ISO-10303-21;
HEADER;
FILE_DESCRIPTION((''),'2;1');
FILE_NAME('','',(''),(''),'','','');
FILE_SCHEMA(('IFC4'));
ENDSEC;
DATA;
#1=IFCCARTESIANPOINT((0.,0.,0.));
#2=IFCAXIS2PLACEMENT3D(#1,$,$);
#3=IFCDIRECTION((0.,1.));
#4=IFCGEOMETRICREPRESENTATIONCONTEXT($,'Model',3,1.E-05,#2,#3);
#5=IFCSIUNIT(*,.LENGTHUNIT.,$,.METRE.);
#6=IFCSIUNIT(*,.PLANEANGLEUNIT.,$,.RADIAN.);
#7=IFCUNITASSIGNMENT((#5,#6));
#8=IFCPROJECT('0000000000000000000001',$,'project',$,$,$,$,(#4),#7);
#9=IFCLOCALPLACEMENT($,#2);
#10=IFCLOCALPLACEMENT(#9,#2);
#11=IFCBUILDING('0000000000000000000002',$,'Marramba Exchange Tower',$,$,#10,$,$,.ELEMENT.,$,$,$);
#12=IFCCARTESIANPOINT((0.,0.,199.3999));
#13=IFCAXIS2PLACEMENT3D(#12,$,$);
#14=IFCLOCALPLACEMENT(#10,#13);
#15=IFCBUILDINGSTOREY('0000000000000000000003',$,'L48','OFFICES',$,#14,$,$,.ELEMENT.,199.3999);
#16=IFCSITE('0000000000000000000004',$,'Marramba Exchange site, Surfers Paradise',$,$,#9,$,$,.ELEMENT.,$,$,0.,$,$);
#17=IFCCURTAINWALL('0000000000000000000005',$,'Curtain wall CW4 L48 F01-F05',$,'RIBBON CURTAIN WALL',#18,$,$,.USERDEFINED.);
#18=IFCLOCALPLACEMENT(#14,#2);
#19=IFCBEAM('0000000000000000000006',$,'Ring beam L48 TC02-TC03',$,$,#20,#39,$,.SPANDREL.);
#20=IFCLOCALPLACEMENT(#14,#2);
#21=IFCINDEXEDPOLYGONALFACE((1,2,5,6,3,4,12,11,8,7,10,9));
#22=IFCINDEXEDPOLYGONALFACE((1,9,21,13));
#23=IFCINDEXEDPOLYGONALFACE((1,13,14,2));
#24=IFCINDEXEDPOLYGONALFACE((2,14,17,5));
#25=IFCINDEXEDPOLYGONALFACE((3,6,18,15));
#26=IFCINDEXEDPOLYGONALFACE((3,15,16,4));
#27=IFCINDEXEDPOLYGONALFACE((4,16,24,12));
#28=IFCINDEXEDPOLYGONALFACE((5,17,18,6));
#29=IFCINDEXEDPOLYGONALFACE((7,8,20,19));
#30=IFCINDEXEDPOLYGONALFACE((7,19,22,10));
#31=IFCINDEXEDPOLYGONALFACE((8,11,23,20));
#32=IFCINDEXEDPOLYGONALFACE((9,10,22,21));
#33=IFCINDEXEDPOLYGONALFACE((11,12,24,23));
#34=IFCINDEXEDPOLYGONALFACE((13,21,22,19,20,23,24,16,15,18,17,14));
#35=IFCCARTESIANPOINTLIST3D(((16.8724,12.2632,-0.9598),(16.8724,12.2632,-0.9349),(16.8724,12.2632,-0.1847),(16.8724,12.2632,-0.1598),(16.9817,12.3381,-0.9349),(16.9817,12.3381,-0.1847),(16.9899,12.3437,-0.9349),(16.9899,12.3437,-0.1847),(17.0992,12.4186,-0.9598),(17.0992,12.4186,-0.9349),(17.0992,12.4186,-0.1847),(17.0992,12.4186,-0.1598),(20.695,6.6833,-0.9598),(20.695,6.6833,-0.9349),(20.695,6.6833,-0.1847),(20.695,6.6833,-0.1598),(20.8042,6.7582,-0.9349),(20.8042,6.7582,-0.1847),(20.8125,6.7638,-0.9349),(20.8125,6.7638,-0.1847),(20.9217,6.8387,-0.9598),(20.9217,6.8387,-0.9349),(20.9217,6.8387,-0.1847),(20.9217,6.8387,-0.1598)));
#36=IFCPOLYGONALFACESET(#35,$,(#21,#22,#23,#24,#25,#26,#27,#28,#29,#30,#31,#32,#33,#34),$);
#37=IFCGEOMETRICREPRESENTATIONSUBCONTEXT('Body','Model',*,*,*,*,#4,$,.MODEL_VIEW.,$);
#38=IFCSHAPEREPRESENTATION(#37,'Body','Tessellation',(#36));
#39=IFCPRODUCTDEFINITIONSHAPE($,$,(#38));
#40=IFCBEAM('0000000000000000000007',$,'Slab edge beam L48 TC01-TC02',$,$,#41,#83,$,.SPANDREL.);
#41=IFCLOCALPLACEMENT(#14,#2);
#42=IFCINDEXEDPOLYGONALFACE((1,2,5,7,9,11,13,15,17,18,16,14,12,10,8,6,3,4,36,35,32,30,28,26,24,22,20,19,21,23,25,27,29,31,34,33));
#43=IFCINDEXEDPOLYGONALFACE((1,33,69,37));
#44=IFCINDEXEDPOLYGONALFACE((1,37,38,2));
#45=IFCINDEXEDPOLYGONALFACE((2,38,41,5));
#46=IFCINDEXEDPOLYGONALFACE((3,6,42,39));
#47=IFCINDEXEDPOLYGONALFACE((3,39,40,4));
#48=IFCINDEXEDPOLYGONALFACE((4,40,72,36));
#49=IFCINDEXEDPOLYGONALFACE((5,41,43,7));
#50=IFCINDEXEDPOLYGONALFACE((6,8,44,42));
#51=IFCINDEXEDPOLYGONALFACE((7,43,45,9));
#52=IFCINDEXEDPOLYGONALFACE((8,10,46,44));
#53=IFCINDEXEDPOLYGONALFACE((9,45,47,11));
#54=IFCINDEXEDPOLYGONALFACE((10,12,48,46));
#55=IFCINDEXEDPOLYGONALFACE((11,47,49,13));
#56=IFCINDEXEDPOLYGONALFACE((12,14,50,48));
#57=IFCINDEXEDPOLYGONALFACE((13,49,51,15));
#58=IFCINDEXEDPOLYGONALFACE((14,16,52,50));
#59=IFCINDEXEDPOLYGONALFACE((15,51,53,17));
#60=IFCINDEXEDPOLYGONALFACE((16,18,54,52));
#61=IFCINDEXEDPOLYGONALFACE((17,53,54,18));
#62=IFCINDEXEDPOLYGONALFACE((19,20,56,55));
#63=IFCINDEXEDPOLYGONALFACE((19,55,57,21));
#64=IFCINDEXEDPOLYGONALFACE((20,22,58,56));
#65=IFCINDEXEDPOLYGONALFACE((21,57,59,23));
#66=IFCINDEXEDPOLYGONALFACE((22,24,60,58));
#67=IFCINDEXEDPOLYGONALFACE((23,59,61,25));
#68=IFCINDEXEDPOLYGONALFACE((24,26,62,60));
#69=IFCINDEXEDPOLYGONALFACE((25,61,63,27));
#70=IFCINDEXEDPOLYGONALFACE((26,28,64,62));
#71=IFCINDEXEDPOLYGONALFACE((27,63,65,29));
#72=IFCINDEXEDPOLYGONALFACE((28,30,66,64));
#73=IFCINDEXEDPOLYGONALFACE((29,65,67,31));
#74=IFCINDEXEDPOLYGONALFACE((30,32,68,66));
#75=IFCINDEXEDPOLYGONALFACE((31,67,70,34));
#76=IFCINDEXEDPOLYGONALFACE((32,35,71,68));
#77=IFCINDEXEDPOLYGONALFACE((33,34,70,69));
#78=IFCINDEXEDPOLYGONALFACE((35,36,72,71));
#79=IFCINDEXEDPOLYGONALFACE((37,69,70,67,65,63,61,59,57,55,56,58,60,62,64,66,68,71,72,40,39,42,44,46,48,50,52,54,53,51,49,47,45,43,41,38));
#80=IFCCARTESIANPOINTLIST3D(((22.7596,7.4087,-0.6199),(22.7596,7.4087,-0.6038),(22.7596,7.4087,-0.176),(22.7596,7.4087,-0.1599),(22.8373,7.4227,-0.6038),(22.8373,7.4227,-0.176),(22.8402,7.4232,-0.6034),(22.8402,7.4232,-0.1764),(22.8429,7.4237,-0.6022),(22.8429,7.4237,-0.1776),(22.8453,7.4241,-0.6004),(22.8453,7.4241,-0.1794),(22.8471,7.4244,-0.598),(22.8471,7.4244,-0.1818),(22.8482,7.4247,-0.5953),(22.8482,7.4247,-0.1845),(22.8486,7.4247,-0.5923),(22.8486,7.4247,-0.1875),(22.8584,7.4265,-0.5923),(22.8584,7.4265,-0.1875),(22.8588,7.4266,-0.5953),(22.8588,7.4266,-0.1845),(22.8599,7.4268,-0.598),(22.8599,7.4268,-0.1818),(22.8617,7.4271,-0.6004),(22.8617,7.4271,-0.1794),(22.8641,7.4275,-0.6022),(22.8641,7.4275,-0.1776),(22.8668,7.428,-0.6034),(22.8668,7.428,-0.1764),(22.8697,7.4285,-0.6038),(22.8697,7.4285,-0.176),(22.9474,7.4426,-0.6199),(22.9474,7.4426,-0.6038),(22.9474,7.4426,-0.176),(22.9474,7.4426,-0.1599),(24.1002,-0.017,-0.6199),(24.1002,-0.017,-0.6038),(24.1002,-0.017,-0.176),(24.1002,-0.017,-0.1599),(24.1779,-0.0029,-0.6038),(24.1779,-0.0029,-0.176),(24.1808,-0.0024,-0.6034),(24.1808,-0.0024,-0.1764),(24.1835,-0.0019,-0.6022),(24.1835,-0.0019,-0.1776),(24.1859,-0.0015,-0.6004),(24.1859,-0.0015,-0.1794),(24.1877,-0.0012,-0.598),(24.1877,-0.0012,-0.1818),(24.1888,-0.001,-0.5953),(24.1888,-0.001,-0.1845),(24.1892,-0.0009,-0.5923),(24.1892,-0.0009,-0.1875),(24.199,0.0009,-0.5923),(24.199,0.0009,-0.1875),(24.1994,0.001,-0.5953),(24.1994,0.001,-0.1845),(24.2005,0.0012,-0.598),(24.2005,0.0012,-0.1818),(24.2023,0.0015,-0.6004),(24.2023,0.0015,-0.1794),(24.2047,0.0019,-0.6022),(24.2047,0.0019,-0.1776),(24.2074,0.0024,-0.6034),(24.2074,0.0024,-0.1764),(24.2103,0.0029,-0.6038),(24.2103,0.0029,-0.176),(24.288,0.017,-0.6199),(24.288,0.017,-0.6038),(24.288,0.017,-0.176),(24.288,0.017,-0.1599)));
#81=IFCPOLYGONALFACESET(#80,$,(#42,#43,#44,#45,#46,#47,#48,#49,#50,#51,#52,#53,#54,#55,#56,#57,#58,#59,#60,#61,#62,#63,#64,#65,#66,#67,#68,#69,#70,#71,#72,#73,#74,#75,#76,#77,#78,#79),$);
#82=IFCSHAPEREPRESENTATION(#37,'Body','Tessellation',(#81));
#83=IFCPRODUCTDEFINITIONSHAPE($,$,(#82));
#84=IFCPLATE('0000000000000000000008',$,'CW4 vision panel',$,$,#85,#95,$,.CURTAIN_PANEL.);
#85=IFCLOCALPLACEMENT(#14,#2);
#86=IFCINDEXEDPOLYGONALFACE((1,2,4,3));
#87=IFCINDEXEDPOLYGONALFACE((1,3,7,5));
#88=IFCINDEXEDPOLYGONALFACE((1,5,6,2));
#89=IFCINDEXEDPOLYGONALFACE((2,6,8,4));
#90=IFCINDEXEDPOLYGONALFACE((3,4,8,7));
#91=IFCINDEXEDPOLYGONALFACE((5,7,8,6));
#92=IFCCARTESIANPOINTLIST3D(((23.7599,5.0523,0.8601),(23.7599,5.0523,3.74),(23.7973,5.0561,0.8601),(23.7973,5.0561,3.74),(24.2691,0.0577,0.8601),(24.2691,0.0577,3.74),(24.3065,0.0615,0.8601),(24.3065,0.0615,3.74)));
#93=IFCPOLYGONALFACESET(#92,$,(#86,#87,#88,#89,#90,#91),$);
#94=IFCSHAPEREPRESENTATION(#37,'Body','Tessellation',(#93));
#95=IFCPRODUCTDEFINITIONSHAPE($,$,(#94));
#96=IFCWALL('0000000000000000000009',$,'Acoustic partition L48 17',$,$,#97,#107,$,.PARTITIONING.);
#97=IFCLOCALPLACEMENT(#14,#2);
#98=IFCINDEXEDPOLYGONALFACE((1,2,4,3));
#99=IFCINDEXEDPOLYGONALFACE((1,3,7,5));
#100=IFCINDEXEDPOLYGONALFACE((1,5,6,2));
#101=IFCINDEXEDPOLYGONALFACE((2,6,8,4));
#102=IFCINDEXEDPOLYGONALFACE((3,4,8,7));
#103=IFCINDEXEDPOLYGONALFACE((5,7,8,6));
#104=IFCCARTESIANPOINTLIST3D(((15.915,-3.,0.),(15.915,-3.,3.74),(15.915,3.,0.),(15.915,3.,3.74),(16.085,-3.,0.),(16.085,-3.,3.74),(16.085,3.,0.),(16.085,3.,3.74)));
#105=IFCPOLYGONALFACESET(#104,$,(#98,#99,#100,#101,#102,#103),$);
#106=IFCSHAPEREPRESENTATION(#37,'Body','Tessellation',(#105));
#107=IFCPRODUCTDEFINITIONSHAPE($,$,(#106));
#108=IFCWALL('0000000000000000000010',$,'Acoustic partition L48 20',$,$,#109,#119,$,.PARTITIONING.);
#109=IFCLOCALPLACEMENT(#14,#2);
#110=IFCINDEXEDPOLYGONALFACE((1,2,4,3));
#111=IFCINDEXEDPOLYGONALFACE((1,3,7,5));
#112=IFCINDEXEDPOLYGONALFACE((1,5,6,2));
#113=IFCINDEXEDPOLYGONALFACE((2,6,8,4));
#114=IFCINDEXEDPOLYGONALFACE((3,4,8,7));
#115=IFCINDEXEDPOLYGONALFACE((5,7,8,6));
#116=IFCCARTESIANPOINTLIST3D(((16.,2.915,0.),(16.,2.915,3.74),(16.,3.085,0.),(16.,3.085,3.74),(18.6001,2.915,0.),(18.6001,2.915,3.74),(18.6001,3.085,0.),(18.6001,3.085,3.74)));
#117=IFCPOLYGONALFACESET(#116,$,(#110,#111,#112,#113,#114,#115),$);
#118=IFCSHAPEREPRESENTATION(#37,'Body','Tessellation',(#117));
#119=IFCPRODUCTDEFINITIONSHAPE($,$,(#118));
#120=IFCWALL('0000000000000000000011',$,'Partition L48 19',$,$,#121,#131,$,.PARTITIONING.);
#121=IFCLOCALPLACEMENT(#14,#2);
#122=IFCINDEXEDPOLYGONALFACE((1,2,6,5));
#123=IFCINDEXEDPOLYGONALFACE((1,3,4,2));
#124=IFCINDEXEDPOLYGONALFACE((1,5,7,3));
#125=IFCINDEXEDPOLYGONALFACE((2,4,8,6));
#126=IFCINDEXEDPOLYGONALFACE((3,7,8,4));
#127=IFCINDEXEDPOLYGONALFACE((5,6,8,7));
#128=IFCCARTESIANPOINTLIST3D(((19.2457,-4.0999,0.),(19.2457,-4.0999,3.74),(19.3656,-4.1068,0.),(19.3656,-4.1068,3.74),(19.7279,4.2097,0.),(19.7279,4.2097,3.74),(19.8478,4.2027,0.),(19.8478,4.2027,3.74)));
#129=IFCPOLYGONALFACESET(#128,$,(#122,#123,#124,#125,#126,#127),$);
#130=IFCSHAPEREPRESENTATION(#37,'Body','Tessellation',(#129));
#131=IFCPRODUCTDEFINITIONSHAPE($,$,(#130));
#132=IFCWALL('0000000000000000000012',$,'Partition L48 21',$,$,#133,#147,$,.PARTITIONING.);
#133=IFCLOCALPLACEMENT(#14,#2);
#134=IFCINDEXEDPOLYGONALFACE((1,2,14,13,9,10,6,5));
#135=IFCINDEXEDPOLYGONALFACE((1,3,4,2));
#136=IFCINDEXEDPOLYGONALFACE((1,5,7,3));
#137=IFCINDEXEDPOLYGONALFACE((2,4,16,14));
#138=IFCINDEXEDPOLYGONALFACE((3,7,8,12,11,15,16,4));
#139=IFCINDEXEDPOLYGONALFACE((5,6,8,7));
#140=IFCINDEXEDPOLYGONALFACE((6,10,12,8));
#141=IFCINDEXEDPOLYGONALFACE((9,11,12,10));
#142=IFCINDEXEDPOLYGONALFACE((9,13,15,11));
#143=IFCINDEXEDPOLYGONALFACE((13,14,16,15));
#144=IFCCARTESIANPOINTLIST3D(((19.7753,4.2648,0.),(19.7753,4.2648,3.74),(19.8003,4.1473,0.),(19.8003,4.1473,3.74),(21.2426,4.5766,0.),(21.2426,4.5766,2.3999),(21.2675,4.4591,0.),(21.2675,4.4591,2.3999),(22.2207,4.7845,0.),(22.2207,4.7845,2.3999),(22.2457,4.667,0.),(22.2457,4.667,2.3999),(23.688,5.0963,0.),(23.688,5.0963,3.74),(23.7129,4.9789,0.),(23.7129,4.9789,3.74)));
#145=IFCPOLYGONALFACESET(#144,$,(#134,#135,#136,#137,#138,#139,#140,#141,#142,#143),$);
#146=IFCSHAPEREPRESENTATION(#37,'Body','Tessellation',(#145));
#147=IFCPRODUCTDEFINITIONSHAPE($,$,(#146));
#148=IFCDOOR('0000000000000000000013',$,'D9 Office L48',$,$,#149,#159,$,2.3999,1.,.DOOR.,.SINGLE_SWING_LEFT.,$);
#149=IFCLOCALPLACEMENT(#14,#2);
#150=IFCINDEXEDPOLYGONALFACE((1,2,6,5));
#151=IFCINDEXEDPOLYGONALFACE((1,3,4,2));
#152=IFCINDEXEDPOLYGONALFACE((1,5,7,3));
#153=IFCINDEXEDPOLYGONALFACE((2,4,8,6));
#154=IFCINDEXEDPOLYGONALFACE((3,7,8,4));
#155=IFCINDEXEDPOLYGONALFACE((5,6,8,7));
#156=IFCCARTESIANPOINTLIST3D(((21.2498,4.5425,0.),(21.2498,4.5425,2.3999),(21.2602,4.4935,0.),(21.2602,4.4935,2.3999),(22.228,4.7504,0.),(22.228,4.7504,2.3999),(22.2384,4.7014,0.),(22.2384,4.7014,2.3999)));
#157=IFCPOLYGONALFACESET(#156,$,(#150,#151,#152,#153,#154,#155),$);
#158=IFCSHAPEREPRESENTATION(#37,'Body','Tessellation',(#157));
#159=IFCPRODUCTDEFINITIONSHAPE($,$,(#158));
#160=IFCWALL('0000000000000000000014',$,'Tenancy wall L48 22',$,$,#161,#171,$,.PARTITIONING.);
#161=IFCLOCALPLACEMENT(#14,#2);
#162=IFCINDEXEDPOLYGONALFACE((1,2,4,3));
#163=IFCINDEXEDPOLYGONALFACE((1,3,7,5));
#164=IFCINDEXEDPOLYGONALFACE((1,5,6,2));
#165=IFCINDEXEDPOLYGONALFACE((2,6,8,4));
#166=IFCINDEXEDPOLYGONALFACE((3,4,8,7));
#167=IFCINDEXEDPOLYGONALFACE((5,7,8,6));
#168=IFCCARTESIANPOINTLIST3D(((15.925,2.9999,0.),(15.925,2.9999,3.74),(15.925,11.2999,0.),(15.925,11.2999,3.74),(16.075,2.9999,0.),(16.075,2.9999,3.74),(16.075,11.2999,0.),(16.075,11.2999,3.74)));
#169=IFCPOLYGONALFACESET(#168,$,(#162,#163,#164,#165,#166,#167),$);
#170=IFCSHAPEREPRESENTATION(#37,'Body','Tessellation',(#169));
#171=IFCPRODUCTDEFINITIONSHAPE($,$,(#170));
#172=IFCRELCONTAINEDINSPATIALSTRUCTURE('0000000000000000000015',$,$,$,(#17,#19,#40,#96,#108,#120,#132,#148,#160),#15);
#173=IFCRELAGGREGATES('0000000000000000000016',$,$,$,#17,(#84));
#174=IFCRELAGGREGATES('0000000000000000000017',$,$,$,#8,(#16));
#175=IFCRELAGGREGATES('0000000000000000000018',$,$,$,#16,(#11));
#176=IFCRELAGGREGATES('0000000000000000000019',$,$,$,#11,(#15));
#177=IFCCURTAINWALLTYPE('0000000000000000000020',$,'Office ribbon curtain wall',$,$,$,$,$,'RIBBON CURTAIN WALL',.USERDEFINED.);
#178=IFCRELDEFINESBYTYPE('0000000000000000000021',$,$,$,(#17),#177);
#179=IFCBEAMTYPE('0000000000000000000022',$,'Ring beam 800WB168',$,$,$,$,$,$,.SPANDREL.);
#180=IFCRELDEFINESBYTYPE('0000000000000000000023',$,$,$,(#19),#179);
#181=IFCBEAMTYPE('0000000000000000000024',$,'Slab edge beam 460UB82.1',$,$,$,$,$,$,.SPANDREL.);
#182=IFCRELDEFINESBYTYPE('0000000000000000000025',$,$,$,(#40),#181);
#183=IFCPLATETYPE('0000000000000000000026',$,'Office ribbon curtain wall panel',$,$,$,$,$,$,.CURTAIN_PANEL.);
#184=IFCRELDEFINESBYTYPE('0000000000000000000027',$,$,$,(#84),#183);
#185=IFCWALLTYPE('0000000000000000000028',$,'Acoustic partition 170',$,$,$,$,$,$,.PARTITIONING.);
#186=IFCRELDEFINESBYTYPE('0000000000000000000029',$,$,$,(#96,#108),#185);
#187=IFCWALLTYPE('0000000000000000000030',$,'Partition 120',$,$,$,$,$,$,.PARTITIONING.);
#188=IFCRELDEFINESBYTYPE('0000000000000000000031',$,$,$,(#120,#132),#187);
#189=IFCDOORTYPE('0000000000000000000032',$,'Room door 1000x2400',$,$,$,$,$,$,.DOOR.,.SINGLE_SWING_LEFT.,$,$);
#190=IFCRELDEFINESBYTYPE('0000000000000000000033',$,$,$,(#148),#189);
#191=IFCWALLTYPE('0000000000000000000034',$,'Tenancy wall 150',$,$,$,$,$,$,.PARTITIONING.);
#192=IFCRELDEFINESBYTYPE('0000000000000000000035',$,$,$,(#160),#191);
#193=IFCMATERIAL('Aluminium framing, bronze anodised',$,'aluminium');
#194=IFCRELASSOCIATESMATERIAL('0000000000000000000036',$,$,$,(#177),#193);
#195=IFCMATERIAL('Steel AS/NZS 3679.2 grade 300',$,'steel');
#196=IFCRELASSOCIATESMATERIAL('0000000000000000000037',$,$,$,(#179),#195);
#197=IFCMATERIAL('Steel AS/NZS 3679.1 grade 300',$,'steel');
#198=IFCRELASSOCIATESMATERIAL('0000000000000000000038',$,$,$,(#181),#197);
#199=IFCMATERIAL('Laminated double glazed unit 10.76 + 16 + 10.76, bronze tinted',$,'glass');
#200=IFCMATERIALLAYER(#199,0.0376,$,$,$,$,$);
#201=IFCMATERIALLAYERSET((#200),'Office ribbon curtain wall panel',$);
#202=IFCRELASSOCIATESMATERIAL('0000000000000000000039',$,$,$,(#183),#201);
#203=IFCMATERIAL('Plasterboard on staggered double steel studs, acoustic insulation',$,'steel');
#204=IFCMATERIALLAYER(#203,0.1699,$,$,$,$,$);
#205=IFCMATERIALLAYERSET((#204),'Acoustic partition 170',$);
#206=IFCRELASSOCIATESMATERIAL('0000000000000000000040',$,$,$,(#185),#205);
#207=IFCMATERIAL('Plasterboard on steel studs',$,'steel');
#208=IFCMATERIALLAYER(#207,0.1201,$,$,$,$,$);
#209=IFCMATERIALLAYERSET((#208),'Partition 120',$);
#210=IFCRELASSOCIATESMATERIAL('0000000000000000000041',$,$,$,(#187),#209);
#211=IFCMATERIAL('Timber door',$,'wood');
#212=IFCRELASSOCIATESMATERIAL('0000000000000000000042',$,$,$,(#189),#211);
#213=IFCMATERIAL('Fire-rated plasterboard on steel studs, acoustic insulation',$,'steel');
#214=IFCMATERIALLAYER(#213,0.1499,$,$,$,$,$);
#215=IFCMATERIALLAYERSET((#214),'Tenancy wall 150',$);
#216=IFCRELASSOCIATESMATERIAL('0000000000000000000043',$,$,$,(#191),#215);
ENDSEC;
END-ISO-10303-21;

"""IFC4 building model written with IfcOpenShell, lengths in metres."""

from ifc_helpers import new_model, si_unit, direction, frame, frame_2d, origin, origin_2d, place, context, subcontext, project, spatial, rectangle, i_section, extrude, material, layer, layer_set, material_profile, profile_set, type_object, element, fill, aggregate, save


model = new_model("IFC4")

# Units and contexts
model_context = context("Model", 3, precision=1e-05, world=origin(), true_north=direction((0.0, 1.0)))
body_context = subcontext(model_context, "Body", "Model", "MODEL_VIEW")
ifc_project = project(units=[si_unit("LENGTHUNIT", "METRE"), si_unit("PLANEANGLEUNIT", "RADIAN")], contexts=[model_context])

# Site, building, storey
site_placement = place(None, origin())
site = spatial("IfcSite", under=ifc_project, at=site_placement, Name="Marramba Exchange site, Surfers Paradise", CompositionType="ELEMENT", RefElevation=0.0)
building_placement = place(site_placement, origin())
building = spatial("IfcBuilding", under=site, at=building_placement, Name="Marramba Exchange Tower", CompositionType="ELEMENT")
storey_placement = place(building_placement, frame((0.0, 0.0, 199.3999)))
storey = spatial("IfcBuildingStorey", under=building, at=storey_placement, Name="L48", Description="OFFICES", CompositionType="ELEMENT", Elevation=199.3999)

# Shared definitions
ifc_material_1 = material(Name="Steel AS/NZS 3679.2 grade 300", Category="steel")
ifc_material_2 = material(Name="Steel AS/NZS 3679.1 grade 300", Category="steel")

# Curtain wall
ifc_material_3 = material(Name="Aluminium framing, bronze anodised", Category="aluminium")
curtain_wall_type = type_object("IfcCurtainWallType", Name="Office ribbon curtain wall", ElementType="RIBBON CURTAIN WALL", PredefinedType="USERDEFINED", material=ifc_material_3)
curtain_wall_placement = place(storey_placement, origin())
curtain_wall = element("IfcCurtainWall", 1, at=curtain_wall_placement, inside=storey, type_object=curtain_wall_type, Name="Curtain wall CW4 L48 F01-F05", ObjectType="RIBBON CURTAIN WALL", PredefinedType="USERDEFINED")

# Beams
ifc_material_profile_1 = material_profile(ifc_material_1, i_section(OverallWidth=0.2749, OverallDepth=0.8, WebThickness=0.01, FlangeThickness=0.0249, at=origin_2d()), Name="800WB168")
ifc_profile_set_1 = profile_set([ifc_material_profile_1], Name="Steel AS/NZS 3679.2 grade 300")
beam_type_1 = type_object("IfcBeamType", Name="Ring beam 800WB168", PredefinedType="SPANDREL", material=ifc_profile_set_1)
beam_1_placement = place(storey_placement, frame((20.8083, 6.761, -0.5598), z_axis=(-0.56516, 0.824981, 0.0), x_axis=(-0.824981, -0.56516, 0.0)))
element("IfcBeam", 2, at=beam_1_placement, inside=storey, type_object=beam_type_1, Name="Ring beam L48 TC02-TC03", PredefinedType="SPANDREL", context=body_context, shape_type="SweptSolid", body=[
    extrude(i_section(OverallWidth=0.2749, OverallDepth=0.8, WebThickness=0.01, FlangeThickness=0.0249, at=origin_2d()), origin(), (0.0, 0.0, 1.0), 6.7637),
])
ifc_material_profile_2 = material_profile(ifc_material_2, i_section(OverallWidth=0.1909, OverallDepth=0.46, WebThickness=0.01, FlangeThickness=0.0161, FilletRadius=0.0115, at=origin_2d()), Name="460UB82.1")
ifc_profile_set_2 = profile_set([ifc_material_profile_2], Name="Steel AS/NZS 3679.1 grade 300")
beam_type_2 = type_object("IfcBeamType", Name="Slab edge beam 460UB82.1", PredefinedType="SPANDREL", material=ifc_profile_set_2)
beam_2_placement = place(storey_placement, frame((24.1941, 0.0, -0.3899), z_axis=(-0.177664, 0.984091, 0.0), x_axis=(-0.984091, -0.177664, 0.0)))
element("IfcBeam", 3, at=beam_2_placement, inside=storey, type_object=beam_type_2, Name="Slab edge beam L48 TC01-TC02", PredefinedType="SPANDREL", context=body_context, shape_type="SweptSolid", body=[
    extrude(i_section(OverallWidth=0.1909, OverallDepth=0.46, WebThickness=0.01, FlangeThickness=0.0161, FilletRadius=0.0115, at=origin_2d()), origin(), (0.0, 0.0, 1.0), 7.5457),
])

# Plate
ifc_material_4 = material(Name="Laminated double glazed unit 10.76 + 16 + 10.76, bronze tinted", Category="glass")
ifc_layer_1 = layer(ifc_material_4, 0.0376)
ifc_layer_set_1 = layer_set([ifc_layer_1], Name="Office ribbon curtain wall panel")
plate_type = type_object("IfcPlateType", Name="Office ribbon curtain wall panel", PredefinedType="CURTAIN_PANEL", material=ifc_layer_set_1)
plate_placement = place(storey_placement, frame((24.0332, 2.5569, 0.8601), z_axis=(0.0, 0.0, 1.0), x_axis=(-0.101422, 0.994843, 0.0)))
plate = element("IfcPlate", 4, at=plate_placement, type_object=plate_type, Name="CW4 vision panel", PredefinedType="CURTAIN_PANEL", context=body_context, shape_type="SweptSolid", body=[
    extrude(rectangle(XDim=5.0205, YDim=0.0376, at=origin_2d()), origin(), (0.0, 0.0, 1.0), 2.8799),
])
aggregate(curtain_wall, [plate])

# Walls
ifc_material_5 = material(Name="Plasterboard on staggered double steel studs, acoustic insulation", Category="steel")
ifc_layer_2 = layer(ifc_material_5, 0.1699)
ifc_layer_set_2 = layer_set([ifc_layer_2], Name="Acoustic partition 170")
wall_type_1 = type_object("IfcWallType", Name="Acoustic partition 170", PredefinedType="PARTITIONING", material=ifc_layer_set_2)
wall_1_placement = place(storey_placement, frame((16.0, 3.0, 0.0), z_axis=(0.0, 0.0, 1.0), x_axis=(0.0, -1.0, 0.0)))
element("IfcWall", 5, at=wall_1_placement, inside=storey, type_object=wall_type_1, Name="Acoustic partition L48 17", PredefinedType="PARTITIONING", context=body_context, shape_type="SweptSolid", body=[
    extrude(rectangle(XDim=6.0, YDim=0.1699, at=frame_2d((3.0, 0.0))), origin(), (0.0, 0.0, 1.0), 3.74),
])
wall_2_placement = place(storey_placement, frame((18.6001, 3.0, 0.0), z_axis=(0.0, 0.0, 1.0), x_axis=(-1.0, 0.0, 0.0)))
element("IfcWall", 6, at=wall_2_placement, inside=storey, type_object=wall_type_1, Name="Acoustic partition L48 20", PredefinedType="PARTITIONING", context=body_context, shape_type="SweptSolid", body=[
    extrude(rectangle(XDim=2.6001, YDim=0.1699, at=frame_2d((1.3, 0.0))), origin(), (0.0, 0.0, 1.0), 3.74),
])
ifc_material_6 = material(Name="Plasterboard on steel studs", Category="steel")
ifc_layer_3 = layer(ifc_material_6, 0.1201)
ifc_layer_set_3 = layer_set([ifc_layer_3], Name="Partition 120")
wall_type_2 = type_object("IfcWallType", Name="Partition 120", PredefinedType="PARTITIONING", material=ifc_layer_set_3)
wall_3_placement = place(storey_placement, frame((19.7878, 4.2061, 0.0), z_axis=(0.0, 0.0, 1.0), x_axis=(-0.057929, -0.998321, 0.0)))
element("IfcWall", 7, at=wall_3_placement, inside=storey, type_object=wall_type_2, Name="Partition L48 19", PredefinedType="PARTITIONING", context=body_context, shape_type="SweptSolid", body=[
    extrude(rectangle(XDim=8.3235, YDim=0.1201, at=frame_2d((4.1616, 0.0))), origin(), (0.0, 0.0, 1.0), 3.74),
])

# Wall, opening, door
wall_4_placement = place(storey_placement, frame((23.7004, 5.0376, 0.0), z_axis=(0.0, 0.0, 1.0), x_axis=(-0.978153, -0.207886, 0.0)))
wall_4 = element("IfcWall", 8, at=wall_4_placement, inside=storey, type_object=wall_type_2, Name="Partition L48 21", PredefinedType="PARTITIONING", context=body_context, shape_type="SweptSolid", body=[
    extrude(rectangle(XDim=4.0, YDim=0.1201, at=frame_2d((2.0, 0.0))), origin(), (0.0, 0.0, 1.0), 3.74),
])
opening_placement = place(wall_4_placement, frame((1.5, 0.0, 0.0)))
opening = element("IfcOpeningElement", 9, at=opening_placement, cuts=wall_4, PredefinedType="OPENING", context=body_context, shape_type="SweptSolid", body=[
    extrude(rectangle(XDim=1.0, YDim=2.3999, at=frame_2d((0.5, 1.2))), frame((0.0, 0.0701, 0.0), z_axis=(0.0, -1.0, 0.0), x_axis=(1.0, 0.0, 0.0)), (0.0, 0.0, 1.0), 0.1401),
])
ifc_material_7 = material(Name="Timber door", Category="wood")
door_type = type_object("IfcDoorType", Name="Room door 1000x2400", OperationType="SINGLE_SWING_LEFT", PredefinedType="DOOR", material=ifc_material_7)
door_placement = place(opening_placement, origin())
door = element("IfcDoor", 10, at=door_placement, inside=storey, type_object=door_type, Name="D9 Office L48", OperationType="SINGLE_SWING_LEFT", OverallHeight=2.3999, OverallWidth=1.0, PredefinedType="DOOR", context=body_context, shape_type="SweptSolid", body=[
    extrude(rectangle(XDim=1.0, YDim=2.3999, at=frame_2d((0.5, 1.2))), frame((0.0, 0.0249, 0.0), z_axis=(0.0, -1.0, 0.0), x_axis=(1.0, 0.0, 0.0)), (0.0, 0.0, 1.0), 0.05),
])
fill(opening, door)

# Wall
ifc_material_8 = material(Name="Fire-rated plasterboard on steel studs, acoustic insulation", Category="steel")
ifc_layer_4 = layer(ifc_material_8, 0.1499)
ifc_layer_set_4 = layer_set([ifc_layer_4], Name="Tenancy wall 150")
wall_type_3 = type_object("IfcWallType", Name="Tenancy wall 150", PredefinedType="PARTITIONING", material=ifc_layer_set_4)
wall_5_placement = place(storey_placement, frame((16.0, 3.0, 0.0), z_axis=(0.0, 0.0, 1.0), x_axis=(0.0, 1.0, 0.0)))
element("IfcWall", 11, at=wall_5_placement, inside=storey, type_object=wall_type_3, Name="Tenancy wall L48 22", PredefinedType="PARTITIONING", context=body_context, shape_type="SweptSolid", body=[
    extrude(rectangle(XDim=8.3, YDim=0.1499, at=frame_2d((4.1499, 0.0))), origin(), (0.0, 0.0, 1.0), 3.74),
])

save(model, "model.ifc")
